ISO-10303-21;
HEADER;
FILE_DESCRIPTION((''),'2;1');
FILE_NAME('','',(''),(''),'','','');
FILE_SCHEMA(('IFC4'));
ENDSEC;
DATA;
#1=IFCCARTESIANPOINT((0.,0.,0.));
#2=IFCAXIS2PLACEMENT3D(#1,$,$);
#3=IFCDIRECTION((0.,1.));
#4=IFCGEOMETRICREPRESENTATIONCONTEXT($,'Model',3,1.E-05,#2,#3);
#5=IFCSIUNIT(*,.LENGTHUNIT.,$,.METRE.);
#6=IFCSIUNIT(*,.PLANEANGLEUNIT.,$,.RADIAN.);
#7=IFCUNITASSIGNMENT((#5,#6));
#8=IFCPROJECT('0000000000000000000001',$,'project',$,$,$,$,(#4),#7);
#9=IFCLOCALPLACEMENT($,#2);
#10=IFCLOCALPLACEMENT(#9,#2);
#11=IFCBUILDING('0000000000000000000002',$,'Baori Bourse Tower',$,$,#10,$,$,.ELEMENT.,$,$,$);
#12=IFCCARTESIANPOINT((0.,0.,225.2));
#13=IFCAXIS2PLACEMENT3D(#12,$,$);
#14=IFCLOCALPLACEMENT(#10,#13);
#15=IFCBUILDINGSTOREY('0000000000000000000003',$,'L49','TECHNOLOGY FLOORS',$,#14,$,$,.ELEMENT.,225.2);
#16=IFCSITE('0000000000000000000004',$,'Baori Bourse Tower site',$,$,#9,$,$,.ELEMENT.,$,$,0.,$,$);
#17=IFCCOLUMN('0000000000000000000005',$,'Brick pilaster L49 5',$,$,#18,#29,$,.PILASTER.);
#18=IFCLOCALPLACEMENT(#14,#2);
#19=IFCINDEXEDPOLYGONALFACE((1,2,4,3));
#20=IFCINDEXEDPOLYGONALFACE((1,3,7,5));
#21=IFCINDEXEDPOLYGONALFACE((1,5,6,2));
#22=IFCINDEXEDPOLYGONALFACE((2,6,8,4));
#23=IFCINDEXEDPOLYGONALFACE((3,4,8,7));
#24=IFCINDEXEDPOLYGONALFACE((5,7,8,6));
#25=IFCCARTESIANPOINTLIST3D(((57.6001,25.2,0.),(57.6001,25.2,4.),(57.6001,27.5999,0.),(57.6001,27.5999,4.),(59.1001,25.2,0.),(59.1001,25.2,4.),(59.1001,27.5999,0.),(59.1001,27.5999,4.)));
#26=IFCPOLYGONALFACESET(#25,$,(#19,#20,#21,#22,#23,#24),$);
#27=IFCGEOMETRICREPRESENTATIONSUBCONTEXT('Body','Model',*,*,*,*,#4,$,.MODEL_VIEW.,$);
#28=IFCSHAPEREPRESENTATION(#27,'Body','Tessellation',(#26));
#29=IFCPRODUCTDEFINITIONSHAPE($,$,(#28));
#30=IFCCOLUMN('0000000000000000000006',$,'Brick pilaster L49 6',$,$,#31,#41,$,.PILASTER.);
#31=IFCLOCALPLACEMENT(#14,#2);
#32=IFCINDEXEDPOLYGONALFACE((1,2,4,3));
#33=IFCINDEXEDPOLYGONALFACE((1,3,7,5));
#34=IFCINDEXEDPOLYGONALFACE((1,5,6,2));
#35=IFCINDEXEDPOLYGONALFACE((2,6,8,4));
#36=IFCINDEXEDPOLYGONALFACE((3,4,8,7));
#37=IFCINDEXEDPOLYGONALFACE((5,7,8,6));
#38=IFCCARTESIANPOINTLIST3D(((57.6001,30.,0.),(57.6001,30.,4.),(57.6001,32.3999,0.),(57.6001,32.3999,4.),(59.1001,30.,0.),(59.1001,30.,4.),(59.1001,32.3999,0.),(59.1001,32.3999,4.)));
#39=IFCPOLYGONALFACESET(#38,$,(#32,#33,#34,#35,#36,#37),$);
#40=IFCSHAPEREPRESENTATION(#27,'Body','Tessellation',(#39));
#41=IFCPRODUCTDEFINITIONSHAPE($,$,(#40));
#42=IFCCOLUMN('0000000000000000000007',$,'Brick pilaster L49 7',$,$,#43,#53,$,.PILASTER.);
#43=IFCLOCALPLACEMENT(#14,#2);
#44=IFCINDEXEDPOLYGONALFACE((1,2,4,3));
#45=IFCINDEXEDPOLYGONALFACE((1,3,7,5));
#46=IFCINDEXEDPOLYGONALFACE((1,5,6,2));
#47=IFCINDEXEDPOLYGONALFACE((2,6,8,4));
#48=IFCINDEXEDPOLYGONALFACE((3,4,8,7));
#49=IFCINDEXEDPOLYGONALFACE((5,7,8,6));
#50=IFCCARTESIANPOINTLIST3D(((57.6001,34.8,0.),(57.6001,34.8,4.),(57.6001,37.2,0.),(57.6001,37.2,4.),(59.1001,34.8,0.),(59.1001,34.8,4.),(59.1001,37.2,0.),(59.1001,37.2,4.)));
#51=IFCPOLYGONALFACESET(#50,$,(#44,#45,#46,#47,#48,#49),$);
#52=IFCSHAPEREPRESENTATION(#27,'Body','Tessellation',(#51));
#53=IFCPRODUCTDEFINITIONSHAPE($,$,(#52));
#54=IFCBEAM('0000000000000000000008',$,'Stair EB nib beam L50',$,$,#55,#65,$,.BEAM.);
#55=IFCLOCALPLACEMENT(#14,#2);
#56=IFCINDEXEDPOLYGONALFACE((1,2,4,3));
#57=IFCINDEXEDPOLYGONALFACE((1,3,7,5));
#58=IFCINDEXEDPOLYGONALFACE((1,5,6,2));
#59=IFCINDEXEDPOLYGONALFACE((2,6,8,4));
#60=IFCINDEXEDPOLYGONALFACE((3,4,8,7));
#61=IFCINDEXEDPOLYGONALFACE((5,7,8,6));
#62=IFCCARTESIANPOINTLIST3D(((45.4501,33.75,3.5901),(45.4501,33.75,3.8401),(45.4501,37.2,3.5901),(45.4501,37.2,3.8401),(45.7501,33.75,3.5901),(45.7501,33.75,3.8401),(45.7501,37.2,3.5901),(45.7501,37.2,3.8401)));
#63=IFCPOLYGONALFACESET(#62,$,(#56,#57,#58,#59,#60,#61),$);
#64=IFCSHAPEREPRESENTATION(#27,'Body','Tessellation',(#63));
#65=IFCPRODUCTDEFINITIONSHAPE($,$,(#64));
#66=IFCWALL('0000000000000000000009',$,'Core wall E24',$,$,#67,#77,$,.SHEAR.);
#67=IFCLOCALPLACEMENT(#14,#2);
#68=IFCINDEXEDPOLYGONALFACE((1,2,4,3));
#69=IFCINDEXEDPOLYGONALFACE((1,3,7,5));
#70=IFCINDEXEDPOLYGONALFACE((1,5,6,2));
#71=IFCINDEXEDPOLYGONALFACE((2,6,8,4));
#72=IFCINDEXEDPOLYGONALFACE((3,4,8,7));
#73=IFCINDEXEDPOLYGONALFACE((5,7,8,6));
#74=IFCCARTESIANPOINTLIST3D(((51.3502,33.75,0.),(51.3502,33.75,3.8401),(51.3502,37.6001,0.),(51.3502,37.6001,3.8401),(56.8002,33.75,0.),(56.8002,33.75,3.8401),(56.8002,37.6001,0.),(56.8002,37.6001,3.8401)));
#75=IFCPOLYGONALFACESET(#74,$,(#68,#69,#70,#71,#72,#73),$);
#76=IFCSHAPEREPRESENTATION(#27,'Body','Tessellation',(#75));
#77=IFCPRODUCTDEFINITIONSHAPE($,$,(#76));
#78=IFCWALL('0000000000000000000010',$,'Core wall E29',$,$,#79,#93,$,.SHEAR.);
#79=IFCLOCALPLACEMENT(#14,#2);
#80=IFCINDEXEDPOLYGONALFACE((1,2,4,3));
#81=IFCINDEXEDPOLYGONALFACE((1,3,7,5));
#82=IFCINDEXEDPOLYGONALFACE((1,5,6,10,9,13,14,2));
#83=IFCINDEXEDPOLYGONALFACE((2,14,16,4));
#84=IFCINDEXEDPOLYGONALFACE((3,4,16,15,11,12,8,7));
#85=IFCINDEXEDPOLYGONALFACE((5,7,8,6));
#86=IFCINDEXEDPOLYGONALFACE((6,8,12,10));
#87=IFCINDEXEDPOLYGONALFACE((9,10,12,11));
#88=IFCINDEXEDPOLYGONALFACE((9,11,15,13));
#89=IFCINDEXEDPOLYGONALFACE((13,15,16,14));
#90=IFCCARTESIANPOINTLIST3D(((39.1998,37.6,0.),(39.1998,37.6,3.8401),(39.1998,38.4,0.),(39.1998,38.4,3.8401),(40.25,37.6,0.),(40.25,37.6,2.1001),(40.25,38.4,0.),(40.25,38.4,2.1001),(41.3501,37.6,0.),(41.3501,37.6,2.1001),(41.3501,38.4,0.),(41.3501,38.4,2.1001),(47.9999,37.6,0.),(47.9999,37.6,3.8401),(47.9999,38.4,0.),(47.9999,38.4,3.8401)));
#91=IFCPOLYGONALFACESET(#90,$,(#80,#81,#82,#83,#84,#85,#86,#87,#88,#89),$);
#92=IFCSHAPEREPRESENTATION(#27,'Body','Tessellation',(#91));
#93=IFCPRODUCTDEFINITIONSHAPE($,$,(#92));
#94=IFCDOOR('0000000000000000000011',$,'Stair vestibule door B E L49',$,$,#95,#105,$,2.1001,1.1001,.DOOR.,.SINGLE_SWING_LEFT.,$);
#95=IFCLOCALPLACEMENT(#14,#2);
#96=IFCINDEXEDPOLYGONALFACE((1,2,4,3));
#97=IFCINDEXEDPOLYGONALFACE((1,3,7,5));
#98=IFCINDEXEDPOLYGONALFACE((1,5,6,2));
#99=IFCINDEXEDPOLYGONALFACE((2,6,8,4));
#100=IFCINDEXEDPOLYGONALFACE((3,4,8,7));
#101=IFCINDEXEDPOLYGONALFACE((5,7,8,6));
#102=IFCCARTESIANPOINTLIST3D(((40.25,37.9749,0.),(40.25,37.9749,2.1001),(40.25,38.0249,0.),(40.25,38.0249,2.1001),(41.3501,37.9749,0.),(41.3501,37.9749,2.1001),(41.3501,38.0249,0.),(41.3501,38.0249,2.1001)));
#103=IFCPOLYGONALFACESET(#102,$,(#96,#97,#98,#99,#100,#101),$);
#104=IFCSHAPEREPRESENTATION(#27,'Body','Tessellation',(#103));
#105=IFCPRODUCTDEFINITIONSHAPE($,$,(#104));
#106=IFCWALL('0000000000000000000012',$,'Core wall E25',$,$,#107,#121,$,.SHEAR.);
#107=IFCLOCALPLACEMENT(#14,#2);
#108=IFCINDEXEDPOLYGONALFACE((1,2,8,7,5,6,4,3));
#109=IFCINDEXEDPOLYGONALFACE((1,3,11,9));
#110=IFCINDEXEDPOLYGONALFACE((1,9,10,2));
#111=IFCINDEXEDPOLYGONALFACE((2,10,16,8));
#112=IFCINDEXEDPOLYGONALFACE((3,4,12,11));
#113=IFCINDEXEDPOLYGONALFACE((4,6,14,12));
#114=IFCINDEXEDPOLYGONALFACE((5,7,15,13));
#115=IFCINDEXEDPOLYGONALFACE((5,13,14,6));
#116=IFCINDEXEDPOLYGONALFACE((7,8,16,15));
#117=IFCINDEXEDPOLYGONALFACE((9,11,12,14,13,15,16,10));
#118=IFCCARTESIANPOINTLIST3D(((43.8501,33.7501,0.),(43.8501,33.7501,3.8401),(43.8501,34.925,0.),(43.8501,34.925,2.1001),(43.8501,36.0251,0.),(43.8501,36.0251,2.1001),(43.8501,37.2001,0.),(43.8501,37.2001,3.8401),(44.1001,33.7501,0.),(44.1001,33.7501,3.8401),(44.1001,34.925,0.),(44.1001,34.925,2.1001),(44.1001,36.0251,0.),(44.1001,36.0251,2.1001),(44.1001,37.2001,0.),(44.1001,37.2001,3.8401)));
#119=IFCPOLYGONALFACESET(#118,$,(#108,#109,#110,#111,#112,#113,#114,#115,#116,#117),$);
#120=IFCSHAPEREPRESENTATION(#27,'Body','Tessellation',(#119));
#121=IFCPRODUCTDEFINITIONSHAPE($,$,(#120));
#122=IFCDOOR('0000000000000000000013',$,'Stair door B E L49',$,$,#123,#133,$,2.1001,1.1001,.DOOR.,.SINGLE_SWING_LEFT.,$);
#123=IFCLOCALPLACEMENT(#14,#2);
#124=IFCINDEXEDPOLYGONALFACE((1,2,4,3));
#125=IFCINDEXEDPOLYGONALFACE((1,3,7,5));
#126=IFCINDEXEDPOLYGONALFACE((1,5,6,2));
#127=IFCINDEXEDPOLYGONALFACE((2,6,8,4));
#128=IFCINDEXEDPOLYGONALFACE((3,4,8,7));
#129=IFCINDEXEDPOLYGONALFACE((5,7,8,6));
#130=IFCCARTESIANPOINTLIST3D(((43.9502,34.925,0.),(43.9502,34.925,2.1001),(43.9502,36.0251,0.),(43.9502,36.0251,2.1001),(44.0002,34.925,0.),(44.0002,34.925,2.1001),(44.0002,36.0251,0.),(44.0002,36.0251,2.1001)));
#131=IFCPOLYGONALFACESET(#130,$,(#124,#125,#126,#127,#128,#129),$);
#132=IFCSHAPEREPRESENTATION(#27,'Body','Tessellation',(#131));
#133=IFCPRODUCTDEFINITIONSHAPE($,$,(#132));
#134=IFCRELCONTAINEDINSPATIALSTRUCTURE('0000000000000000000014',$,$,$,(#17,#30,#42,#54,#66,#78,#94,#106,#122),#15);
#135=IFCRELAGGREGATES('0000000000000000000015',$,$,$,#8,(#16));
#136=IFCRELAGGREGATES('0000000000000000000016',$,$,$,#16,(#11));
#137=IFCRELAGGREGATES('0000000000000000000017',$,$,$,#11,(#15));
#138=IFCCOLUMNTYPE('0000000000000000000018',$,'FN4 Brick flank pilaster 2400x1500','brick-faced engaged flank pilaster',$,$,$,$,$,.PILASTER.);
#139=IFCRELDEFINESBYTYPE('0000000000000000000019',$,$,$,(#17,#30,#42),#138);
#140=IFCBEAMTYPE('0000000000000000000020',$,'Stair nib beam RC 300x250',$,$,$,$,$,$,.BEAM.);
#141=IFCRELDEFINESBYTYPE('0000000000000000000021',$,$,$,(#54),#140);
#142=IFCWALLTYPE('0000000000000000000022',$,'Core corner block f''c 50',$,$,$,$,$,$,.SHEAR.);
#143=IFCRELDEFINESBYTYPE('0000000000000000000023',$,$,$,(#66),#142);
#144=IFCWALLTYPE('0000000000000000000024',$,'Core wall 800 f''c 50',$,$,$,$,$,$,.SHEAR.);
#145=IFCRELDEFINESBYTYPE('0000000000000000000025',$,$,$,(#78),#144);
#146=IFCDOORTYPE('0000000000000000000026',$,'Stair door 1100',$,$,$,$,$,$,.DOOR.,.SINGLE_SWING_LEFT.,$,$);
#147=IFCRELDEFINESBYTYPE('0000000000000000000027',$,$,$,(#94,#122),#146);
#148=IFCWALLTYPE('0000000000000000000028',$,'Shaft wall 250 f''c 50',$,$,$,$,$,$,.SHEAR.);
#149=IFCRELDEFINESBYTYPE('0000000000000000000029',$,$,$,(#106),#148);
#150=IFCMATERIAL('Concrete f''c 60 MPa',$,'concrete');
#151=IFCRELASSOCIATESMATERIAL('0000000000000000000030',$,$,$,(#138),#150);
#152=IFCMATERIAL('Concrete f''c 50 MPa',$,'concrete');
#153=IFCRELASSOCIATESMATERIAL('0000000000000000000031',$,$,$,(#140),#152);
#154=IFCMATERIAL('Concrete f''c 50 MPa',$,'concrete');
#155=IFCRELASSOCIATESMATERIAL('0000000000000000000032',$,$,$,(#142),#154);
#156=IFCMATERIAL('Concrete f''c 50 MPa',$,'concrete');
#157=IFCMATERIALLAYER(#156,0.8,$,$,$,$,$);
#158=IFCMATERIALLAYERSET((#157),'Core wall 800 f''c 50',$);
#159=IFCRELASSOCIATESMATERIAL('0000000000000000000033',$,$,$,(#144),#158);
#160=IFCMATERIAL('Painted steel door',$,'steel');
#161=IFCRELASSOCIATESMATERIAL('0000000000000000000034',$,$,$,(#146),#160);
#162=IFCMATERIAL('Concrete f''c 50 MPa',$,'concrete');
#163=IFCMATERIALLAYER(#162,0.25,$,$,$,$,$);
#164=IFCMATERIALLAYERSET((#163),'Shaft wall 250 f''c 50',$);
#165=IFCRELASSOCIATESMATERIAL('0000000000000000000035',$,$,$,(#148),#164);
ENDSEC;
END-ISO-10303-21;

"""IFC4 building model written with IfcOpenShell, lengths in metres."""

from ifc_helpers import new_model, si_unit, direction, frame, frame_2d, origin, origin_2d, place, context, subcontext, project, spatial, rectangle, extrude, material, layer, layer_set, material_profile, profile_set, type_object, element, fill, save


model = new_model("IFC4")

# Units and contexts
model_context = context("Model", 3, precision=1e-05, world=origin(), true_north=direction((0.0, 1.0)))
body_context = subcontext(model_context, "Body", "Model", "MODEL_VIEW")
ifc_project = project(units=[si_unit("LENGTHUNIT", "METRE"), si_unit("PLANEANGLEUNIT", "RADIAN")], contexts=[model_context])

# Site, building, storey
site_placement = place(None, origin())
site = spatial("IfcSite", under=ifc_project, at=site_placement, Name="Baori Bourse Tower site", CompositionType="ELEMENT", RefElevation=0.0)
building_placement = place(site_placement, origin())
building = spatial("IfcBuilding", under=site, at=building_placement, Name="Baori Bourse Tower", CompositionType="ELEMENT")
storey_placement = place(building_placement, frame((0.0, 0.0, 225.2)))
storey = spatial("IfcBuildingStorey", under=building, at=storey_placement, Name="L49", Description="TECHNOLOGY FLOORS", CompositionType="ELEMENT", Elevation=225.2)

# Columns
ifc_material_1 = material(Name="Concrete f'c 60 MPa", Category="concrete")
ifc_material_profile_1 = material_profile(ifc_material_1, rectangle(XDim=2.3999, YDim=1.5, at=origin_2d()), Name="RC 2400x1500")
ifc_profile_set_1 = profile_set([ifc_material_profile_1], Name="Concrete f'c 60 MPa")
column_type = type_object("IfcColumnType", Name="FN4 Brick flank pilaster 2400x1500", Description="brick-faced engaged flank pilaster", PredefinedType="PILASTER", material=ifc_profile_set_1)
for number, where, z_axis, x_axis, name in (
    (1, (58.3501, 26.3999, 0.0), (0.0, 0.0, 1.0), (0.0, 1.0, 0.0), "Brick pilaster L49 5"),
    (2, (58.3501, 31.2, 0.0), (0.0, 0.0, 1.0), (0.0, 1.0, 0.0), "Brick pilaster L49 6"),
    (3, (58.3501, 36.0, 0.0), (0.0, 0.0, 1.0), (0.0, 1.0, 0.0), "Brick pilaster L49 7"),
):
    element("IfcColumn", number, at=place(storey_placement, frame(where, z_axis=z_axis, x_axis=x_axis)), inside=storey, type_object=column_type, Name=name, PredefinedType="PILASTER", context=body_context, shape_type="SweptSolid", body=[
        extrude(rectangle(XDim=2.3999, YDim=1.5, at=origin_2d()), origin(), (0.0, 0.0, 1.0), 4.0),
    ])

# Beam
ifc_material_2 = material(Name="Concrete f'c 50 MPa", Category="concrete")
ifc_material_profile_2 = material_profile(ifc_material_2, rectangle(XDim=0.3, YDim=0.25, at=origin_2d()), Name="RC 300x250")
ifc_profile_set_2 = profile_set([ifc_material_profile_2], Name="Concrete f'c 50 MPa")
beam_type = type_object("IfcBeamType", Name="Stair nib beam RC 300x250", PredefinedType="BEAM", material=ifc_profile_set_2)
beam_placement = place(storey_placement, frame((45.6001, 33.75, 3.7151), z_axis=(0.0, 1.0, 0.0), x_axis=(-1.0, 0.0, 0.0)))
element("IfcBeam", 4, at=beam_placement, inside=storey, type_object=beam_type, Name="Stair EB nib beam L50", PredefinedType="BEAM", context=body_context, shape_type="SweptSolid", body=[
    extrude(rectangle(XDim=0.3, YDim=0.25, at=origin_2d()), origin(), (0.0, 0.0, 1.0), 3.45),
])

# Wall
ifc_material_3 = material(Name="Concrete f'c 50 MPa", Category="concrete")
wall_type_1 = type_object("IfcWallType", Name="Core corner block f'c 50", PredefinedType="SHEAR", material=ifc_material_3)
wall_1_placement = place(storey_placement, frame((51.3501, 35.675, 0.0), z_axis=(0.0, 0.0, 1.0), x_axis=(1.0, 0.0, 0.0)))
element("IfcWall", 5, at=wall_1_placement, inside=storey, type_object=wall_type_1, Name="Core wall E24", PredefinedType="SHEAR", context=body_context, shape_type="SweptSolid", body=[
    extrude(rectangle(XDim=5.45, YDim=3.8501, at=frame_2d((2.7251, 0.0))), origin(), (0.0, 0.0, 1.0), 3.8401),
])

# Walls, openings, doors
ifc_material_4 = material(Name="Concrete f'c 50 MPa", Category="concrete")
ifc_layer_1 = layer(ifc_material_4, 0.8)
ifc_layer_set_1 = layer_set([ifc_layer_1], Name="Core wall 800 f'c 50")
wall_type_2 = type_object("IfcWallType", Name="Core wall 800 f'c 50", PredefinedType="SHEAR", material=ifc_layer_set_1)
wall_2_placement = place(storey_placement, frame((39.2, 38.0, 0.0), z_axis=(0.0, 0.0, 1.0), x_axis=(1.0, 0.0, 0.0)))
wall_2 = element("IfcWall", 6, at=wall_2_placement, inside=storey, type_object=wall_type_2, Name="Core wall E29", PredefinedType="SHEAR", context=body_context, shape_type="SweptSolid", body=[
    extrude(rectangle(XDim=8.8, YDim=0.8, at=frame_2d((4.3999, 0.0))), origin(), (0.0, 0.0, 1.0), 3.8401),
])
opening_1_placement = place(wall_2_placement, frame((1.05, 0.0, 0.0)))
opening_1 = element("IfcOpeningElement", 7, at=opening_1_placement, cuts=wall_2, PredefinedType="OPENING", context=body_context, shape_type="SweptSolid", body=[
    extrude(rectangle(XDim=1.1001, YDim=2.1001, at=frame_2d((0.55, 1.05))), frame((0.0, 0.4099, 0.0), z_axis=(0.0, -1.0, 0.0), x_axis=(1.0, 0.0, 0.0)), (0.0, 0.0, 1.0), 0.8201),
])
ifc_material_5 = material(Name="Painted steel door", Category="steel")
door_type_1 = type_object("IfcDoorType", Name="Stair door 1100", OperationType="SINGLE_SWING_LEFT", PredefinedType="DOOR", material=ifc_material_5)
door_1_placement = place(opening_1_placement, origin())
door_1 = element("IfcDoor", 8, at=door_1_placement, inside=storey, type_object=door_type_1, Name="Stair vestibule door B E L49", OperationType="SINGLE_SWING_LEFT", OverallHeight=2.1001, OverallWidth=1.1001, PredefinedType="DOOR", context=body_context, shape_type="SweptSolid", body=[
    extrude(rectangle(XDim=1.1001, YDim=2.1001, at=frame_2d((0.55, 1.05))), frame((0.0, 0.0249, 0.0), z_axis=(0.0, -1.0, 0.0), x_axis=(1.0, 0.0, 0.0)), (0.0, 0.0, 1.0), 0.05),
])
fill(opening_1, door_1)
ifc_material_6 = material(Name="Concrete f'c 50 MPa", Category="concrete")
ifc_layer_2 = layer(ifc_material_6, 0.25)
ifc_layer_set_2 = layer_set([ifc_layer_2], Name="Shaft wall 250 f'c 50")
wall_type_3 = type_object("IfcWallType", Name="Shaft wall 250 f'c 50", PredefinedType="SHEAR", material=ifc_layer_set_2)
wall_3_placement = place(storey_placement, frame((43.9751, 33.75, 0.0), z_axis=(0.0, 0.0, 1.0), x_axis=(0.0, 1.0, 0.0)))
wall_3 = element("IfcWall", 9, at=wall_3_placement, inside=storey, type_object=wall_type_3, Name="Core wall E25", PredefinedType="SHEAR", context=body_context, shape_type="SweptSolid", body=[
    extrude(rectangle(XDim=3.45, YDim=0.25, at=frame_2d((1.7251, 0.0))), origin(), (0.0, 0.0, 1.0), 3.8401),
])
opening_2_placement = place(wall_3_placement, frame((1.175, 0.0, 0.0)))
opening_2 = element("IfcOpeningElement", 10, at=opening_2_placement, cuts=wall_3, PredefinedType="OPENING", context=body_context, shape_type="SweptSolid", body=[
    extrude(rectangle(XDim=1.1001, YDim=2.1001, at=frame_2d((0.55, 1.05))), frame((0.0, 0.135, 0.0), z_axis=(0.0, -1.0, 0.0), x_axis=(1.0, 0.0, 0.0)), (0.0, 0.0, 1.0), 0.27),
])
door_2_placement = place(opening_2_placement, origin())
door_2 = element("IfcDoor", 11, at=door_2_placement, inside=storey, type_object=door_type_1, Name="Stair door B E L49", OperationType="SINGLE_SWING_LEFT", OverallHeight=2.1001, OverallWidth=1.1001, PredefinedType="DOOR", context=body_context, shape_type="SweptSolid", body=[
    extrude(rectangle(XDim=1.1001, YDim=2.1001, at=frame_2d((0.55, 1.05))), frame((0.0, 0.0249, 0.0), z_axis=(0.0, -1.0, 0.0), x_axis=(1.0, 0.0, 0.0)), (0.0, 0.0, 1.0), 0.05),
])
fill(opening_2, door_2)

save(model, "model.ifc")
